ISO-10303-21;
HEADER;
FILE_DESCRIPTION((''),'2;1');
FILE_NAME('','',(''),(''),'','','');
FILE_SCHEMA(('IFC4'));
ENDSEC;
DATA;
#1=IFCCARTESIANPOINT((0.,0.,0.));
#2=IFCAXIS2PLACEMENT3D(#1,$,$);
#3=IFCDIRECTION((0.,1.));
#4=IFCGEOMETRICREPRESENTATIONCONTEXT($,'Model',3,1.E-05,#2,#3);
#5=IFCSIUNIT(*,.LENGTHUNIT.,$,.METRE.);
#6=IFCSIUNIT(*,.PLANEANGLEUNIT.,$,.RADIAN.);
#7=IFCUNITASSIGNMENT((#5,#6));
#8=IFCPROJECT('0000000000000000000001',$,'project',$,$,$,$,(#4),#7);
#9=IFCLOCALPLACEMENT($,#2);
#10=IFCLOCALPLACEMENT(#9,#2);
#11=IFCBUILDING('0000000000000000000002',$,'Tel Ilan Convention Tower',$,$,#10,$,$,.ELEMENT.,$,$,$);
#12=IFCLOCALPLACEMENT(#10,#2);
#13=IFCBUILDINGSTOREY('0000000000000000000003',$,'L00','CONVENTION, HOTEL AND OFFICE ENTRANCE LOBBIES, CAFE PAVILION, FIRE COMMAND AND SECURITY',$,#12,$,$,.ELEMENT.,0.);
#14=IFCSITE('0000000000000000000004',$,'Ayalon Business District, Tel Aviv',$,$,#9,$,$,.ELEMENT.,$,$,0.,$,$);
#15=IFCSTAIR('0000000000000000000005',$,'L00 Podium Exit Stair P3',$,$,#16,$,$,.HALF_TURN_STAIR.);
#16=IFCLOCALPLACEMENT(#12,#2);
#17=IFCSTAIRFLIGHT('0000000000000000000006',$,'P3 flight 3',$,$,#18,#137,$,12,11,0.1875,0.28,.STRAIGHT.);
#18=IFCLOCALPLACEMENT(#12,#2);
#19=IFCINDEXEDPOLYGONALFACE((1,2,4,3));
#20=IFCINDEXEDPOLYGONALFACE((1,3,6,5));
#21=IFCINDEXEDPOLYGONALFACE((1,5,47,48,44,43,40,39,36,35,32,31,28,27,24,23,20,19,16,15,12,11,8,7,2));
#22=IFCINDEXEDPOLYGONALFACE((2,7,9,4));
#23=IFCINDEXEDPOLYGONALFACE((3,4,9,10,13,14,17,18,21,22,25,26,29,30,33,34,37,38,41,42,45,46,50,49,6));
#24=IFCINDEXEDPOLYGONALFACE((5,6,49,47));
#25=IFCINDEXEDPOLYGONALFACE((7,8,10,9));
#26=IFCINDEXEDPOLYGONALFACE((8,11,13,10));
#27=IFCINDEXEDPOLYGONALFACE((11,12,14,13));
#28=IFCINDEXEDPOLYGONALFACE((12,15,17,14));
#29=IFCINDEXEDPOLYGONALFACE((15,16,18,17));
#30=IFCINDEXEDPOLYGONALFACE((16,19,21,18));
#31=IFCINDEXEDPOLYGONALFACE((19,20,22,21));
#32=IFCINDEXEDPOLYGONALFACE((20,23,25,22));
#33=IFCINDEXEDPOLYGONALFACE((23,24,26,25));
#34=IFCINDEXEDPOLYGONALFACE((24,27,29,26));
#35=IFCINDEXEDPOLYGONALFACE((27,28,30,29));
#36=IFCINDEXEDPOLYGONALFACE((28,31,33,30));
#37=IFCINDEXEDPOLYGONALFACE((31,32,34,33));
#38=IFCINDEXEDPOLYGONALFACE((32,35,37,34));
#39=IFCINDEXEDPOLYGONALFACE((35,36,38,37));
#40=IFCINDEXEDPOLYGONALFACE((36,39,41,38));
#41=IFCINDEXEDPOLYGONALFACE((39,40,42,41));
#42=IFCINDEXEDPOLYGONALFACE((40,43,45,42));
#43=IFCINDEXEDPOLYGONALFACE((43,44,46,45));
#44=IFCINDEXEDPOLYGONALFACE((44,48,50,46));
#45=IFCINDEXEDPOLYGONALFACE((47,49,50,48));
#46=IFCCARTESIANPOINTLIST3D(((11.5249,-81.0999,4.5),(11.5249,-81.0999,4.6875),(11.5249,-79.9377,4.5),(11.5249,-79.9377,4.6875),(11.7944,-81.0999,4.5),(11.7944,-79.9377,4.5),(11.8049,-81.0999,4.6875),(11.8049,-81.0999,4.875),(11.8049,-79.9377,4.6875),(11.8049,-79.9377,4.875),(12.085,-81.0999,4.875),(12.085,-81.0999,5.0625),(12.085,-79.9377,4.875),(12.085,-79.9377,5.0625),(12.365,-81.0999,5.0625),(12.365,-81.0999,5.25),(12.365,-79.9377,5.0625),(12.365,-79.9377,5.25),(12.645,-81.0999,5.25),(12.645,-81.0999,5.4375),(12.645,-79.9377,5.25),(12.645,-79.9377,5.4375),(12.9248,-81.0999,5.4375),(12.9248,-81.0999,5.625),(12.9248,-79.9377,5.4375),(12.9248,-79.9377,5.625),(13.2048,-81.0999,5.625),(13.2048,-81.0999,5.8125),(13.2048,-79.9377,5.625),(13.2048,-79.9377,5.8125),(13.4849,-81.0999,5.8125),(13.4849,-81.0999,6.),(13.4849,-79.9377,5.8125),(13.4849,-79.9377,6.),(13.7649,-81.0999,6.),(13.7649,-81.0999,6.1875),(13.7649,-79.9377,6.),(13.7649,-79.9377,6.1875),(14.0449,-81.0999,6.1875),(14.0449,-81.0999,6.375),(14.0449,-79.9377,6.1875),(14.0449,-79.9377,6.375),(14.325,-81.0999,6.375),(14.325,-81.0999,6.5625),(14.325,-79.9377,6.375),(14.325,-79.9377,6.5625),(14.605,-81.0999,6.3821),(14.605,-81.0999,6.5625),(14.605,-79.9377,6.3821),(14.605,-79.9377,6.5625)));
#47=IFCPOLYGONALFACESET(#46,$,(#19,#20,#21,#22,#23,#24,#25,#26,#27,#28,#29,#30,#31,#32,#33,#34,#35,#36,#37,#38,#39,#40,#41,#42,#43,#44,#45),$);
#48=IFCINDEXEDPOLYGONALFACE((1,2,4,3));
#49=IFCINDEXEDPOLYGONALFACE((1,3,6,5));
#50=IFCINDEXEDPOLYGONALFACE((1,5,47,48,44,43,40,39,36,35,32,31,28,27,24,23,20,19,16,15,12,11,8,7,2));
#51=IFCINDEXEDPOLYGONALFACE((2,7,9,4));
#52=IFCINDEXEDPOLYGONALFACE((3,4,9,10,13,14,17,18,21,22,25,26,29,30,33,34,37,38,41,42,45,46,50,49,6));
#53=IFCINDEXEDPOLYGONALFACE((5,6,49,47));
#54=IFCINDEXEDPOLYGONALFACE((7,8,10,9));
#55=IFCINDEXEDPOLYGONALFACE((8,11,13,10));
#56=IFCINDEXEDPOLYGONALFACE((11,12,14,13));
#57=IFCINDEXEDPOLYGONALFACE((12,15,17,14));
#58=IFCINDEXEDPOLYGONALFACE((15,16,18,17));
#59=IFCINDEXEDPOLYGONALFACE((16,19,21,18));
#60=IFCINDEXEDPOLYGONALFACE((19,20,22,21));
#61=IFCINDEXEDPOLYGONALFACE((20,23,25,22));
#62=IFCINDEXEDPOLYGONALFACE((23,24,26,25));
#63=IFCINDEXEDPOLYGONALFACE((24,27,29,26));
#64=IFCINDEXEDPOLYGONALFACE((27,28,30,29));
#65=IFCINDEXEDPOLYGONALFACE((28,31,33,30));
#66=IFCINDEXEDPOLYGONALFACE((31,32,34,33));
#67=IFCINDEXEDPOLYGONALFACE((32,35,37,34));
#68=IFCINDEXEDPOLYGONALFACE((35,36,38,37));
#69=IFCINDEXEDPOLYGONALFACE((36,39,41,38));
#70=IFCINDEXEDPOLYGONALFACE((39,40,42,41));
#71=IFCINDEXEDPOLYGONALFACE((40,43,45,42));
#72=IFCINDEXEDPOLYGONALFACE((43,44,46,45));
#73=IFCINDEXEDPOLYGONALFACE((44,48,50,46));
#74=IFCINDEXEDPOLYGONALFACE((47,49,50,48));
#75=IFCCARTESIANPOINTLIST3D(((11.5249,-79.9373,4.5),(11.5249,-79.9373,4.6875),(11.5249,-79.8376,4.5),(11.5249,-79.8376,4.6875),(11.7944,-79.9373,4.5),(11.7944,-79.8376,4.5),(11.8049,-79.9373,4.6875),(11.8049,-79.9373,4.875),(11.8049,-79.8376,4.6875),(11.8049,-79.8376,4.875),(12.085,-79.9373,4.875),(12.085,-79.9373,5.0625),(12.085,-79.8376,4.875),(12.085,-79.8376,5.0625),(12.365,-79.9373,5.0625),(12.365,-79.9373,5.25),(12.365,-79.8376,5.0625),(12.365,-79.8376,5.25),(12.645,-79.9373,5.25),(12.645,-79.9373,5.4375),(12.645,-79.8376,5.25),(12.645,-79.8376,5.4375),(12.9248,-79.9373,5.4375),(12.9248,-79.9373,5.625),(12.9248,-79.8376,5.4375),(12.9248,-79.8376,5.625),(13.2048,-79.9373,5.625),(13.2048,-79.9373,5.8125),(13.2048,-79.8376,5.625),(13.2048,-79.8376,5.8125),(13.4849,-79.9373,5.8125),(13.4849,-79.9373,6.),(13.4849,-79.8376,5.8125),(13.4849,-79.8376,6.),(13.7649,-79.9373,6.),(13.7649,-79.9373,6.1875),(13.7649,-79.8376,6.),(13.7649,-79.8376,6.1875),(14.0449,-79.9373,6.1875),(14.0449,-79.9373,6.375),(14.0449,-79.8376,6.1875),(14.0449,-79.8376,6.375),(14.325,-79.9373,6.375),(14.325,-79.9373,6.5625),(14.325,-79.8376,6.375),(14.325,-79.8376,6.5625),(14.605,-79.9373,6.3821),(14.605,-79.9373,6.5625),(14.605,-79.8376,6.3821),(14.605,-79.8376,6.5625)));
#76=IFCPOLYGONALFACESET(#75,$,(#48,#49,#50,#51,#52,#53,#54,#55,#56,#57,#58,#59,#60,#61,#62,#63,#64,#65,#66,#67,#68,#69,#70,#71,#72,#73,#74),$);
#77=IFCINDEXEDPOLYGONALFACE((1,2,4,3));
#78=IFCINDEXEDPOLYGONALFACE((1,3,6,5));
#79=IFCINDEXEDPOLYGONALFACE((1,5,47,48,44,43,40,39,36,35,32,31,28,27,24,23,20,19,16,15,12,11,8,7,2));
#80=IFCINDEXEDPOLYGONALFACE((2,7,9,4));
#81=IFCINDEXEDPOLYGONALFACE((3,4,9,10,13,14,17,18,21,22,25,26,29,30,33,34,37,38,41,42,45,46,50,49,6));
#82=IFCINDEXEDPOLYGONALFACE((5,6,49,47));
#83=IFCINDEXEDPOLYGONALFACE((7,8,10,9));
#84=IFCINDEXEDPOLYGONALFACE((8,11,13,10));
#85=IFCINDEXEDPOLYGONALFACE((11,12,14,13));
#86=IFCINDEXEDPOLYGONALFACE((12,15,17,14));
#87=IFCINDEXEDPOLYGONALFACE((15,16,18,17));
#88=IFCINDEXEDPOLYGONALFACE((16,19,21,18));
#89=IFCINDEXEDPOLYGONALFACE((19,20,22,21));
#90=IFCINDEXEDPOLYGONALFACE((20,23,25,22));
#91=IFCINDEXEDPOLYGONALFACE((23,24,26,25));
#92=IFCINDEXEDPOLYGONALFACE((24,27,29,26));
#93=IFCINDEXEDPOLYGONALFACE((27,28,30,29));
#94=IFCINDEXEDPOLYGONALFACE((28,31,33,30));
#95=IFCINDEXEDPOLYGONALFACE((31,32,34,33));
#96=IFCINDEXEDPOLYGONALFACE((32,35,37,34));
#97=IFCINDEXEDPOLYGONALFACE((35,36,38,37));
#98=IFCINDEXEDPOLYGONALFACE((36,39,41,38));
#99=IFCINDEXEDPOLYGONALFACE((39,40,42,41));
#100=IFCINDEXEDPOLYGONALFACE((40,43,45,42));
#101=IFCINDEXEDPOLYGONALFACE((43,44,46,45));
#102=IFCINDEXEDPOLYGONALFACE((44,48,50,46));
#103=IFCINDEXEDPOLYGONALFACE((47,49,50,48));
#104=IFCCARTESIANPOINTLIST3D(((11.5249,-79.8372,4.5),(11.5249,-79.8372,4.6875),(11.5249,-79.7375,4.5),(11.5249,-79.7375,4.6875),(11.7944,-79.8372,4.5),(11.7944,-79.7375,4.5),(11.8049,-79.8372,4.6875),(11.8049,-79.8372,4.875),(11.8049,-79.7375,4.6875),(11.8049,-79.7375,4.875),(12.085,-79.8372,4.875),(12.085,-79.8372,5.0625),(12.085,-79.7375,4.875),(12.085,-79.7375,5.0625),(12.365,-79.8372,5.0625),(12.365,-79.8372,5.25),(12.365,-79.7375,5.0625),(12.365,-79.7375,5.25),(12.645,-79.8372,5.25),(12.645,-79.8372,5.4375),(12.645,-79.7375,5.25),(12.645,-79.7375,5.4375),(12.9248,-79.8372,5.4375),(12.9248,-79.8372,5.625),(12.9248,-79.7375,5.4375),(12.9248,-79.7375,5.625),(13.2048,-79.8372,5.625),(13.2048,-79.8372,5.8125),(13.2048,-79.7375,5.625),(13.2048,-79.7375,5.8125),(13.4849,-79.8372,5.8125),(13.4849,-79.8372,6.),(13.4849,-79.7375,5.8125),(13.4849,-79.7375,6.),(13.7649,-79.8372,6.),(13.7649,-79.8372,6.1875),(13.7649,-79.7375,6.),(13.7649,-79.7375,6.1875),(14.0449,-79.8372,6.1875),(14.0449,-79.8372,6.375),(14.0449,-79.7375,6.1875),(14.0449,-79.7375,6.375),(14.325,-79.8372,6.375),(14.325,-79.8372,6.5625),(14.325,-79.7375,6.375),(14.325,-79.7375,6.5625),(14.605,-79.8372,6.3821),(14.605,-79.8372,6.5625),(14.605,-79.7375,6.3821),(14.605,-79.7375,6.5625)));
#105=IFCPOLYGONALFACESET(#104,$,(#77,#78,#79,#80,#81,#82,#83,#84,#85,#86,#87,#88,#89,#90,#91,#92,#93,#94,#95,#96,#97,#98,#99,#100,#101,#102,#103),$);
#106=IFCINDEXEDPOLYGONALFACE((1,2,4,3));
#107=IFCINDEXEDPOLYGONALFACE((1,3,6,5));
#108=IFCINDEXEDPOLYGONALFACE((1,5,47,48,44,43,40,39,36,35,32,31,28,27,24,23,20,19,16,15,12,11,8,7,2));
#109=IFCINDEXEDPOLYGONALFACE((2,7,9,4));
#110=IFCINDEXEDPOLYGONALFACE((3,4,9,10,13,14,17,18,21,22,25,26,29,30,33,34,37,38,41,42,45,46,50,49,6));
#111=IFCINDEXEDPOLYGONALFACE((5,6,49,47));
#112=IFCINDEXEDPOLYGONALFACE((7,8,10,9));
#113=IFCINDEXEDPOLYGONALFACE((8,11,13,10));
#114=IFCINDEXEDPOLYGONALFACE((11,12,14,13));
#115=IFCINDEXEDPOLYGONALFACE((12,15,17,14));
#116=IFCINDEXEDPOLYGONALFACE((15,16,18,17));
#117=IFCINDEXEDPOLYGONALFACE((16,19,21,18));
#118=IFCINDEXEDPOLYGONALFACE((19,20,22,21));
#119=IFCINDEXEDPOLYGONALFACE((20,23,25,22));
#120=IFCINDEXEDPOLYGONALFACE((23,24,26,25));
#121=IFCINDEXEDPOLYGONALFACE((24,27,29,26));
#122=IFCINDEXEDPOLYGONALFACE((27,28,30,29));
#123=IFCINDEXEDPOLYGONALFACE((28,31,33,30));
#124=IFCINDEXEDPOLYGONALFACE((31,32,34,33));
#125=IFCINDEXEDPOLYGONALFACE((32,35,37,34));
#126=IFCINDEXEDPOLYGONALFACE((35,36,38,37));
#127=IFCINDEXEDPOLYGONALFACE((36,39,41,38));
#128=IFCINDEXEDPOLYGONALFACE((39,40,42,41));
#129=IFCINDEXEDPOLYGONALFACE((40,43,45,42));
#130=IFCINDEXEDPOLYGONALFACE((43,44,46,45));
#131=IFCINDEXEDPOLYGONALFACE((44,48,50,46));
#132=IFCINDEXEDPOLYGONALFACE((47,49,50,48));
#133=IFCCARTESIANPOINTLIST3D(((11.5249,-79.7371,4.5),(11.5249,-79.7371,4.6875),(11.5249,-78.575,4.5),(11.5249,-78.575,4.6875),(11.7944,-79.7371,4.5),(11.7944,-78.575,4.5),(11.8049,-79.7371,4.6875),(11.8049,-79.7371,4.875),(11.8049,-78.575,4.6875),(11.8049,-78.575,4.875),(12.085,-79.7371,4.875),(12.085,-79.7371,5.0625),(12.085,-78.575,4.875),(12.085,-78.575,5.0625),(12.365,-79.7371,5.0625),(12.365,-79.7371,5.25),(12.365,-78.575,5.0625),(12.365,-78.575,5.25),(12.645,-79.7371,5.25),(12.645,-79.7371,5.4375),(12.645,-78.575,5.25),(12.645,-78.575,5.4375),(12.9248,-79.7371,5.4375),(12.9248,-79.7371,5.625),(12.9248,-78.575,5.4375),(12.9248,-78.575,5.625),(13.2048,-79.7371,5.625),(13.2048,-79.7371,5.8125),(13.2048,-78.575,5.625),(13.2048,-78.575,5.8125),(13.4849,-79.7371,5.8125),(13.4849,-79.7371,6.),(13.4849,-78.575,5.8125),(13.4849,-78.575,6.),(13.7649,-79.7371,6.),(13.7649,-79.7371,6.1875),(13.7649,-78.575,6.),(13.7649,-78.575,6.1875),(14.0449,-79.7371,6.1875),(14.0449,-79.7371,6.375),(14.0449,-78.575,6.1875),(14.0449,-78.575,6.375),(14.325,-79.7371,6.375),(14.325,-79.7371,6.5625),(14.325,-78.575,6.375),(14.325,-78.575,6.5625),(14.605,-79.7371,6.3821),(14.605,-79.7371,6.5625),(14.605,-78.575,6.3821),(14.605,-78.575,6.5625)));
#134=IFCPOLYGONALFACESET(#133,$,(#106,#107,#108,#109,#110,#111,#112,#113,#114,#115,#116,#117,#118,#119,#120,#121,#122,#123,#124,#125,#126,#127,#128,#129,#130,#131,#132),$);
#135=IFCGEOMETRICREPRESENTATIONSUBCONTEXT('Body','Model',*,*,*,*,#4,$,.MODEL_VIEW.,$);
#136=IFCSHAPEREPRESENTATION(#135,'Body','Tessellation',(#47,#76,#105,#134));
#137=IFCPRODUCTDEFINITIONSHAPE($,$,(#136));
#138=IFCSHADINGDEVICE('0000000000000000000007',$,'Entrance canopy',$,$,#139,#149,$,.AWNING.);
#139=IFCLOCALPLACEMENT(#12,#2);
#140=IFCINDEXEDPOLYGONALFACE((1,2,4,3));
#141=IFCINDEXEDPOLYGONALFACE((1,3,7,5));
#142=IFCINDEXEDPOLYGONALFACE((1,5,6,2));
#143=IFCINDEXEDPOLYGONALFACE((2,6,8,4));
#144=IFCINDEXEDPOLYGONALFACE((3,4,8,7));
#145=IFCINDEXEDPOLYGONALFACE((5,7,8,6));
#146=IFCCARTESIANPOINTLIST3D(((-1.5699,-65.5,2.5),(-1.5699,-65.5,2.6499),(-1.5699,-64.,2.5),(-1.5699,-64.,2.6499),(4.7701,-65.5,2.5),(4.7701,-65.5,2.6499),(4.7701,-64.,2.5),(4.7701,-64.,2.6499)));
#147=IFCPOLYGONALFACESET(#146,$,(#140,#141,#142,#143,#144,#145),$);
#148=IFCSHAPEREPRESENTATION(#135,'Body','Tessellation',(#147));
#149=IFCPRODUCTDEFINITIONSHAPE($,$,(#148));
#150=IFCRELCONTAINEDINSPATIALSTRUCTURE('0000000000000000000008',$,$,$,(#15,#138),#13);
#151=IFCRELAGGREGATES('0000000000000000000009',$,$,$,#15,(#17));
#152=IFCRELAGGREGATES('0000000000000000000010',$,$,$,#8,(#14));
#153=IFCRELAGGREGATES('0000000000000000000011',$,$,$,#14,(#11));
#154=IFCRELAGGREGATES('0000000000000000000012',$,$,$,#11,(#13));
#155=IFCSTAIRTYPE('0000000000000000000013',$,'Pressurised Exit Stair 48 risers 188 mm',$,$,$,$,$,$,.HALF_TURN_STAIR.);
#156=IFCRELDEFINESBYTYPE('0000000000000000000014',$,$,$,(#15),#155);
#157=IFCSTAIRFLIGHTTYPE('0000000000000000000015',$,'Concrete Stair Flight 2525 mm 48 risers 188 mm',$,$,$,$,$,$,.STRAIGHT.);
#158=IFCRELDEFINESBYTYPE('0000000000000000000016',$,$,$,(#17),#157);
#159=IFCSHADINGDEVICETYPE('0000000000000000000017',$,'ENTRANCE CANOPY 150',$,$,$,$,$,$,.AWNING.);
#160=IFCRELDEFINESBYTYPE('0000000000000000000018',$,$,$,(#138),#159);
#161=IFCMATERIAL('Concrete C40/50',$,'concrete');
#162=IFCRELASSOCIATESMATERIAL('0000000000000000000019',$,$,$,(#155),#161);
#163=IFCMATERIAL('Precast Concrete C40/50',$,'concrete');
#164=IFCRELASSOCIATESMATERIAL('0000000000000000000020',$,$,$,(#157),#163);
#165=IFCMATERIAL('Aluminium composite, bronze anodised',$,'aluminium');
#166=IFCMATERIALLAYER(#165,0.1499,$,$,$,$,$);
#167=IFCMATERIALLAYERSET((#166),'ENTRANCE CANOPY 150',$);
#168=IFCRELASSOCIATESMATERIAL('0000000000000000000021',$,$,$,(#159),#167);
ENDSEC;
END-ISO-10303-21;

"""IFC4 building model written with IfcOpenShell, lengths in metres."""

from ifc_helpers import new_model, si_unit, direction, frame, origin, origin_2d, place, context, subcontext, project, spatial, polyline, rectangle, outline, extrude, material, layer, layer_set, type_object, element, aggregate, save


model = new_model("IFC4")

# Units and contexts
model_context = context("Model", 3, precision=1e-05, world=origin(), true_north=direction((0.0, 1.0)))
body_context = subcontext(model_context, "Body", "Model", "MODEL_VIEW")
ifc_project = project(units=[si_unit("LENGTHUNIT", "METRE"), si_unit("PLANEANGLEUNIT", "RADIAN")], contexts=[model_context])

# Site, building, storey
site_placement = place(None, origin())
site = spatial("IfcSite", under=ifc_project, at=site_placement, Name="Ayalon Business District, Tel Aviv", CompositionType="ELEMENT", RefElevation=0.0)
building_placement = place(site_placement, origin())
building = spatial("IfcBuilding", under=site, at=building_placement, Name="Tel Ilan Convention Tower", CompositionType="ELEMENT")
storey_placement = place(building_placement, origin())
storey = spatial("IfcBuildingStorey", under=building, at=storey_placement, Name="L00", Description="CONVENTION, HOTEL AND OFFICE ENTRANCE LOBBIES, CAFE PAVILION, FIRE COMMAND AND SECURITY", CompositionType="ELEMENT", Elevation=0.0)

# Stair, stair flight
ifc_material_1 = material(Name="Concrete C40/50", Category="concrete")
stair_type = type_object("IfcStairType", Name="Pressurised Exit Stair 48 risers 188 mm", PredefinedType="HALF_TURN_STAIR", material=ifc_material_1)
stair_placement = place(storey_placement, origin())
stair = element("IfcStair", 1, at=stair_placement, inside=storey, type_object=stair_type, Name="L00 Podium Exit Stair P3", PredefinedType="HALF_TURN_STAIR")
ifc_material_2 = material(Name="Precast Concrete C40/50", Category="concrete")
stair_flight_type = type_object("IfcStairFlightType", Name="Concrete Stair Flight 2525 mm 48 risers 188 mm", PredefinedType="STRAIGHT", material=ifc_material_2)
stair_flight_1_placement = place(storey_placement, frame((11.5249, -79.8374, 4.5), z_axis=(0.0, 0.0, 1.0), x_axis=(1.0, 0.0, 0.0)))
stair_flight_1 = element("IfcStairFlight", 2, at=stair_flight_1_placement, type_object=stair_flight_type, Name="P3 flight 3", NumberOfRisers=12, NumberOfTreads=11, PredefinedType="STRAIGHT", RiserHeight=0.1875, TreadLength=0.28, context=body_context, shape_type="SweptSolid", body=[
    extrude(outline(polyline([(0.0, 0.0), (0.0, 0.1875), (0.28, 0.1875), (0.28, 0.375), (0.5601, 0.375), (0.5601, 0.5625), (0.8401, 0.5625), (0.8401, 0.75), (1.1201, 0.75), (1.1201, 0.9375), (1.3999, 0.9375), (1.3999, 1.125), (1.6799, 1.125), (1.6799, 1.3125), (1.96, 1.3125), (1.96, 1.5), (2.24, 1.5), (2.24, 1.6875), (2.52, 1.6875), (2.52, 1.875), (2.8, 1.875), (2.8, 2.0625), (3.0801, 2.0625), (3.0801, 2.25), (3.0801, 1.8821), (0.2695, 0.0), (0.0, 0.0)])), frame((0.0, -0.1003, 0.0), z_axis=(0.0, -1.0, 0.0), x_axis=(1.0, 0.0, 0.0)), (0.0, 0.0, 1.0), 1.1621),
    extrude(outline(polyline([(0.0, 0.0), (0.0, 0.1875), (0.28, 0.1875), (0.28, 0.375), (0.5601, 0.375), (0.5601, 0.5625), (0.8401, 0.5625), (0.8401, 0.75), (1.1201, 0.75), (1.1201, 0.9375), (1.3999, 0.9375), (1.3999, 1.125), (1.6799, 1.125), (1.6799, 1.3125), (1.96, 1.3125), (1.96, 1.5), (2.24, 1.5), (2.24, 1.6875), (2.52, 1.6875), (2.52, 1.875), (2.8, 1.875), (2.8, 2.0625), (3.0801, 2.0625), (3.0801, 2.25), (3.0801, 1.8821), (0.2695, 0.0), (0.0, 0.0)])), frame((0.0, -0.0002, 0.0), z_axis=(0.0, -1.0, 0.0), x_axis=(1.0, 0.0, 0.0)), (0.0, 0.0, 1.0), 0.0996),
    extrude(outline(polyline([(0.0, 0.0), (0.0, 0.1875), (0.28, 0.1875), (0.28, 0.375), (0.5601, 0.375), (0.5601, 0.5625), (0.8401, 0.5625), (0.8401, 0.75), (1.1201, 0.75), (1.1201, 0.9375), (1.3999, 0.9375), (1.3999, 1.125), (1.6799, 1.125), (1.6799, 1.3125), (1.96, 1.3125), (1.96, 1.5), (2.24, 1.5), (2.24, 1.6875), (2.52, 1.6875), (2.52, 1.875), (2.8, 1.875), (2.8, 2.0625), (3.0801, 2.0625), (3.0801, 2.25), (3.0801, 1.8821), (0.2695, 0.0), (0.0, 0.0)])), frame((0.0, 0.0999, 0.0), z_axis=(0.0, -1.0, 0.0), x_axis=(1.0, 0.0, 0.0)), (0.0, 0.0, 1.0), 0.0996),
    extrude(outline(polyline([(0.0, 0.0), (0.0, 0.1875), (0.28, 0.1875), (0.28, 0.375), (0.5601, 0.375), (0.5601, 0.5625), (0.8401, 0.5625), (0.8401, 0.75), (1.1201, 0.75), (1.1201, 0.9375), (1.3999, 0.9375), (1.3999, 1.125), (1.6799, 1.125), (1.6799, 1.3125), (1.96, 1.3125), (1.96, 1.5), (2.24, 1.5), (2.24, 1.6875), (2.52, 1.6875), (2.52, 1.875), (2.8, 1.875), (2.8, 2.0625), (3.0801, 2.0625), (3.0801, 2.25), (3.0801, 1.8821), (0.2695, 0.0), (0.0, 0.0)])), frame((0.0, 1.2625, 0.0), z_axis=(0.0, -1.0, 0.0), x_axis=(1.0, 0.0, 0.0)), (0.0, 0.0, 1.0), 1.1621),
])
aggregate(stair, [stair_flight_1])

# Shading device
ifc_material_3 = material(Name="Aluminium composite, bronze anodised", Category="aluminium")
ifc_layer_1 = layer(ifc_material_3, 0.1499)
ifc_layer_set_1 = layer_set([ifc_layer_1], Name="ENTRANCE CANOPY 150")
shading_device_type = type_object("IfcShadingDeviceType", Name="ENTRANCE CANOPY 150", PredefinedType="AWNING", material=ifc_layer_set_1)
shading_device_placement = place(storey_placement, frame((1.6001, -64.75, 2.5), z_axis=(0.0, 0.0, 1.0), x_axis=(1.0, 0.0, 0.0)))
element("IfcShadingDevice", 3, at=shading_device_placement, inside=storey, type_object=shading_device_type, Name="Entrance canopy", PredefinedType="AWNING", context=body_context, shape_type="SweptSolid", body=[
    extrude(rectangle(XDim=6.3401, YDim=1.5, at=origin_2d()), origin(), (0.0, 0.0, 1.0), 0.1499),
])

save(model, "model.ifc")
